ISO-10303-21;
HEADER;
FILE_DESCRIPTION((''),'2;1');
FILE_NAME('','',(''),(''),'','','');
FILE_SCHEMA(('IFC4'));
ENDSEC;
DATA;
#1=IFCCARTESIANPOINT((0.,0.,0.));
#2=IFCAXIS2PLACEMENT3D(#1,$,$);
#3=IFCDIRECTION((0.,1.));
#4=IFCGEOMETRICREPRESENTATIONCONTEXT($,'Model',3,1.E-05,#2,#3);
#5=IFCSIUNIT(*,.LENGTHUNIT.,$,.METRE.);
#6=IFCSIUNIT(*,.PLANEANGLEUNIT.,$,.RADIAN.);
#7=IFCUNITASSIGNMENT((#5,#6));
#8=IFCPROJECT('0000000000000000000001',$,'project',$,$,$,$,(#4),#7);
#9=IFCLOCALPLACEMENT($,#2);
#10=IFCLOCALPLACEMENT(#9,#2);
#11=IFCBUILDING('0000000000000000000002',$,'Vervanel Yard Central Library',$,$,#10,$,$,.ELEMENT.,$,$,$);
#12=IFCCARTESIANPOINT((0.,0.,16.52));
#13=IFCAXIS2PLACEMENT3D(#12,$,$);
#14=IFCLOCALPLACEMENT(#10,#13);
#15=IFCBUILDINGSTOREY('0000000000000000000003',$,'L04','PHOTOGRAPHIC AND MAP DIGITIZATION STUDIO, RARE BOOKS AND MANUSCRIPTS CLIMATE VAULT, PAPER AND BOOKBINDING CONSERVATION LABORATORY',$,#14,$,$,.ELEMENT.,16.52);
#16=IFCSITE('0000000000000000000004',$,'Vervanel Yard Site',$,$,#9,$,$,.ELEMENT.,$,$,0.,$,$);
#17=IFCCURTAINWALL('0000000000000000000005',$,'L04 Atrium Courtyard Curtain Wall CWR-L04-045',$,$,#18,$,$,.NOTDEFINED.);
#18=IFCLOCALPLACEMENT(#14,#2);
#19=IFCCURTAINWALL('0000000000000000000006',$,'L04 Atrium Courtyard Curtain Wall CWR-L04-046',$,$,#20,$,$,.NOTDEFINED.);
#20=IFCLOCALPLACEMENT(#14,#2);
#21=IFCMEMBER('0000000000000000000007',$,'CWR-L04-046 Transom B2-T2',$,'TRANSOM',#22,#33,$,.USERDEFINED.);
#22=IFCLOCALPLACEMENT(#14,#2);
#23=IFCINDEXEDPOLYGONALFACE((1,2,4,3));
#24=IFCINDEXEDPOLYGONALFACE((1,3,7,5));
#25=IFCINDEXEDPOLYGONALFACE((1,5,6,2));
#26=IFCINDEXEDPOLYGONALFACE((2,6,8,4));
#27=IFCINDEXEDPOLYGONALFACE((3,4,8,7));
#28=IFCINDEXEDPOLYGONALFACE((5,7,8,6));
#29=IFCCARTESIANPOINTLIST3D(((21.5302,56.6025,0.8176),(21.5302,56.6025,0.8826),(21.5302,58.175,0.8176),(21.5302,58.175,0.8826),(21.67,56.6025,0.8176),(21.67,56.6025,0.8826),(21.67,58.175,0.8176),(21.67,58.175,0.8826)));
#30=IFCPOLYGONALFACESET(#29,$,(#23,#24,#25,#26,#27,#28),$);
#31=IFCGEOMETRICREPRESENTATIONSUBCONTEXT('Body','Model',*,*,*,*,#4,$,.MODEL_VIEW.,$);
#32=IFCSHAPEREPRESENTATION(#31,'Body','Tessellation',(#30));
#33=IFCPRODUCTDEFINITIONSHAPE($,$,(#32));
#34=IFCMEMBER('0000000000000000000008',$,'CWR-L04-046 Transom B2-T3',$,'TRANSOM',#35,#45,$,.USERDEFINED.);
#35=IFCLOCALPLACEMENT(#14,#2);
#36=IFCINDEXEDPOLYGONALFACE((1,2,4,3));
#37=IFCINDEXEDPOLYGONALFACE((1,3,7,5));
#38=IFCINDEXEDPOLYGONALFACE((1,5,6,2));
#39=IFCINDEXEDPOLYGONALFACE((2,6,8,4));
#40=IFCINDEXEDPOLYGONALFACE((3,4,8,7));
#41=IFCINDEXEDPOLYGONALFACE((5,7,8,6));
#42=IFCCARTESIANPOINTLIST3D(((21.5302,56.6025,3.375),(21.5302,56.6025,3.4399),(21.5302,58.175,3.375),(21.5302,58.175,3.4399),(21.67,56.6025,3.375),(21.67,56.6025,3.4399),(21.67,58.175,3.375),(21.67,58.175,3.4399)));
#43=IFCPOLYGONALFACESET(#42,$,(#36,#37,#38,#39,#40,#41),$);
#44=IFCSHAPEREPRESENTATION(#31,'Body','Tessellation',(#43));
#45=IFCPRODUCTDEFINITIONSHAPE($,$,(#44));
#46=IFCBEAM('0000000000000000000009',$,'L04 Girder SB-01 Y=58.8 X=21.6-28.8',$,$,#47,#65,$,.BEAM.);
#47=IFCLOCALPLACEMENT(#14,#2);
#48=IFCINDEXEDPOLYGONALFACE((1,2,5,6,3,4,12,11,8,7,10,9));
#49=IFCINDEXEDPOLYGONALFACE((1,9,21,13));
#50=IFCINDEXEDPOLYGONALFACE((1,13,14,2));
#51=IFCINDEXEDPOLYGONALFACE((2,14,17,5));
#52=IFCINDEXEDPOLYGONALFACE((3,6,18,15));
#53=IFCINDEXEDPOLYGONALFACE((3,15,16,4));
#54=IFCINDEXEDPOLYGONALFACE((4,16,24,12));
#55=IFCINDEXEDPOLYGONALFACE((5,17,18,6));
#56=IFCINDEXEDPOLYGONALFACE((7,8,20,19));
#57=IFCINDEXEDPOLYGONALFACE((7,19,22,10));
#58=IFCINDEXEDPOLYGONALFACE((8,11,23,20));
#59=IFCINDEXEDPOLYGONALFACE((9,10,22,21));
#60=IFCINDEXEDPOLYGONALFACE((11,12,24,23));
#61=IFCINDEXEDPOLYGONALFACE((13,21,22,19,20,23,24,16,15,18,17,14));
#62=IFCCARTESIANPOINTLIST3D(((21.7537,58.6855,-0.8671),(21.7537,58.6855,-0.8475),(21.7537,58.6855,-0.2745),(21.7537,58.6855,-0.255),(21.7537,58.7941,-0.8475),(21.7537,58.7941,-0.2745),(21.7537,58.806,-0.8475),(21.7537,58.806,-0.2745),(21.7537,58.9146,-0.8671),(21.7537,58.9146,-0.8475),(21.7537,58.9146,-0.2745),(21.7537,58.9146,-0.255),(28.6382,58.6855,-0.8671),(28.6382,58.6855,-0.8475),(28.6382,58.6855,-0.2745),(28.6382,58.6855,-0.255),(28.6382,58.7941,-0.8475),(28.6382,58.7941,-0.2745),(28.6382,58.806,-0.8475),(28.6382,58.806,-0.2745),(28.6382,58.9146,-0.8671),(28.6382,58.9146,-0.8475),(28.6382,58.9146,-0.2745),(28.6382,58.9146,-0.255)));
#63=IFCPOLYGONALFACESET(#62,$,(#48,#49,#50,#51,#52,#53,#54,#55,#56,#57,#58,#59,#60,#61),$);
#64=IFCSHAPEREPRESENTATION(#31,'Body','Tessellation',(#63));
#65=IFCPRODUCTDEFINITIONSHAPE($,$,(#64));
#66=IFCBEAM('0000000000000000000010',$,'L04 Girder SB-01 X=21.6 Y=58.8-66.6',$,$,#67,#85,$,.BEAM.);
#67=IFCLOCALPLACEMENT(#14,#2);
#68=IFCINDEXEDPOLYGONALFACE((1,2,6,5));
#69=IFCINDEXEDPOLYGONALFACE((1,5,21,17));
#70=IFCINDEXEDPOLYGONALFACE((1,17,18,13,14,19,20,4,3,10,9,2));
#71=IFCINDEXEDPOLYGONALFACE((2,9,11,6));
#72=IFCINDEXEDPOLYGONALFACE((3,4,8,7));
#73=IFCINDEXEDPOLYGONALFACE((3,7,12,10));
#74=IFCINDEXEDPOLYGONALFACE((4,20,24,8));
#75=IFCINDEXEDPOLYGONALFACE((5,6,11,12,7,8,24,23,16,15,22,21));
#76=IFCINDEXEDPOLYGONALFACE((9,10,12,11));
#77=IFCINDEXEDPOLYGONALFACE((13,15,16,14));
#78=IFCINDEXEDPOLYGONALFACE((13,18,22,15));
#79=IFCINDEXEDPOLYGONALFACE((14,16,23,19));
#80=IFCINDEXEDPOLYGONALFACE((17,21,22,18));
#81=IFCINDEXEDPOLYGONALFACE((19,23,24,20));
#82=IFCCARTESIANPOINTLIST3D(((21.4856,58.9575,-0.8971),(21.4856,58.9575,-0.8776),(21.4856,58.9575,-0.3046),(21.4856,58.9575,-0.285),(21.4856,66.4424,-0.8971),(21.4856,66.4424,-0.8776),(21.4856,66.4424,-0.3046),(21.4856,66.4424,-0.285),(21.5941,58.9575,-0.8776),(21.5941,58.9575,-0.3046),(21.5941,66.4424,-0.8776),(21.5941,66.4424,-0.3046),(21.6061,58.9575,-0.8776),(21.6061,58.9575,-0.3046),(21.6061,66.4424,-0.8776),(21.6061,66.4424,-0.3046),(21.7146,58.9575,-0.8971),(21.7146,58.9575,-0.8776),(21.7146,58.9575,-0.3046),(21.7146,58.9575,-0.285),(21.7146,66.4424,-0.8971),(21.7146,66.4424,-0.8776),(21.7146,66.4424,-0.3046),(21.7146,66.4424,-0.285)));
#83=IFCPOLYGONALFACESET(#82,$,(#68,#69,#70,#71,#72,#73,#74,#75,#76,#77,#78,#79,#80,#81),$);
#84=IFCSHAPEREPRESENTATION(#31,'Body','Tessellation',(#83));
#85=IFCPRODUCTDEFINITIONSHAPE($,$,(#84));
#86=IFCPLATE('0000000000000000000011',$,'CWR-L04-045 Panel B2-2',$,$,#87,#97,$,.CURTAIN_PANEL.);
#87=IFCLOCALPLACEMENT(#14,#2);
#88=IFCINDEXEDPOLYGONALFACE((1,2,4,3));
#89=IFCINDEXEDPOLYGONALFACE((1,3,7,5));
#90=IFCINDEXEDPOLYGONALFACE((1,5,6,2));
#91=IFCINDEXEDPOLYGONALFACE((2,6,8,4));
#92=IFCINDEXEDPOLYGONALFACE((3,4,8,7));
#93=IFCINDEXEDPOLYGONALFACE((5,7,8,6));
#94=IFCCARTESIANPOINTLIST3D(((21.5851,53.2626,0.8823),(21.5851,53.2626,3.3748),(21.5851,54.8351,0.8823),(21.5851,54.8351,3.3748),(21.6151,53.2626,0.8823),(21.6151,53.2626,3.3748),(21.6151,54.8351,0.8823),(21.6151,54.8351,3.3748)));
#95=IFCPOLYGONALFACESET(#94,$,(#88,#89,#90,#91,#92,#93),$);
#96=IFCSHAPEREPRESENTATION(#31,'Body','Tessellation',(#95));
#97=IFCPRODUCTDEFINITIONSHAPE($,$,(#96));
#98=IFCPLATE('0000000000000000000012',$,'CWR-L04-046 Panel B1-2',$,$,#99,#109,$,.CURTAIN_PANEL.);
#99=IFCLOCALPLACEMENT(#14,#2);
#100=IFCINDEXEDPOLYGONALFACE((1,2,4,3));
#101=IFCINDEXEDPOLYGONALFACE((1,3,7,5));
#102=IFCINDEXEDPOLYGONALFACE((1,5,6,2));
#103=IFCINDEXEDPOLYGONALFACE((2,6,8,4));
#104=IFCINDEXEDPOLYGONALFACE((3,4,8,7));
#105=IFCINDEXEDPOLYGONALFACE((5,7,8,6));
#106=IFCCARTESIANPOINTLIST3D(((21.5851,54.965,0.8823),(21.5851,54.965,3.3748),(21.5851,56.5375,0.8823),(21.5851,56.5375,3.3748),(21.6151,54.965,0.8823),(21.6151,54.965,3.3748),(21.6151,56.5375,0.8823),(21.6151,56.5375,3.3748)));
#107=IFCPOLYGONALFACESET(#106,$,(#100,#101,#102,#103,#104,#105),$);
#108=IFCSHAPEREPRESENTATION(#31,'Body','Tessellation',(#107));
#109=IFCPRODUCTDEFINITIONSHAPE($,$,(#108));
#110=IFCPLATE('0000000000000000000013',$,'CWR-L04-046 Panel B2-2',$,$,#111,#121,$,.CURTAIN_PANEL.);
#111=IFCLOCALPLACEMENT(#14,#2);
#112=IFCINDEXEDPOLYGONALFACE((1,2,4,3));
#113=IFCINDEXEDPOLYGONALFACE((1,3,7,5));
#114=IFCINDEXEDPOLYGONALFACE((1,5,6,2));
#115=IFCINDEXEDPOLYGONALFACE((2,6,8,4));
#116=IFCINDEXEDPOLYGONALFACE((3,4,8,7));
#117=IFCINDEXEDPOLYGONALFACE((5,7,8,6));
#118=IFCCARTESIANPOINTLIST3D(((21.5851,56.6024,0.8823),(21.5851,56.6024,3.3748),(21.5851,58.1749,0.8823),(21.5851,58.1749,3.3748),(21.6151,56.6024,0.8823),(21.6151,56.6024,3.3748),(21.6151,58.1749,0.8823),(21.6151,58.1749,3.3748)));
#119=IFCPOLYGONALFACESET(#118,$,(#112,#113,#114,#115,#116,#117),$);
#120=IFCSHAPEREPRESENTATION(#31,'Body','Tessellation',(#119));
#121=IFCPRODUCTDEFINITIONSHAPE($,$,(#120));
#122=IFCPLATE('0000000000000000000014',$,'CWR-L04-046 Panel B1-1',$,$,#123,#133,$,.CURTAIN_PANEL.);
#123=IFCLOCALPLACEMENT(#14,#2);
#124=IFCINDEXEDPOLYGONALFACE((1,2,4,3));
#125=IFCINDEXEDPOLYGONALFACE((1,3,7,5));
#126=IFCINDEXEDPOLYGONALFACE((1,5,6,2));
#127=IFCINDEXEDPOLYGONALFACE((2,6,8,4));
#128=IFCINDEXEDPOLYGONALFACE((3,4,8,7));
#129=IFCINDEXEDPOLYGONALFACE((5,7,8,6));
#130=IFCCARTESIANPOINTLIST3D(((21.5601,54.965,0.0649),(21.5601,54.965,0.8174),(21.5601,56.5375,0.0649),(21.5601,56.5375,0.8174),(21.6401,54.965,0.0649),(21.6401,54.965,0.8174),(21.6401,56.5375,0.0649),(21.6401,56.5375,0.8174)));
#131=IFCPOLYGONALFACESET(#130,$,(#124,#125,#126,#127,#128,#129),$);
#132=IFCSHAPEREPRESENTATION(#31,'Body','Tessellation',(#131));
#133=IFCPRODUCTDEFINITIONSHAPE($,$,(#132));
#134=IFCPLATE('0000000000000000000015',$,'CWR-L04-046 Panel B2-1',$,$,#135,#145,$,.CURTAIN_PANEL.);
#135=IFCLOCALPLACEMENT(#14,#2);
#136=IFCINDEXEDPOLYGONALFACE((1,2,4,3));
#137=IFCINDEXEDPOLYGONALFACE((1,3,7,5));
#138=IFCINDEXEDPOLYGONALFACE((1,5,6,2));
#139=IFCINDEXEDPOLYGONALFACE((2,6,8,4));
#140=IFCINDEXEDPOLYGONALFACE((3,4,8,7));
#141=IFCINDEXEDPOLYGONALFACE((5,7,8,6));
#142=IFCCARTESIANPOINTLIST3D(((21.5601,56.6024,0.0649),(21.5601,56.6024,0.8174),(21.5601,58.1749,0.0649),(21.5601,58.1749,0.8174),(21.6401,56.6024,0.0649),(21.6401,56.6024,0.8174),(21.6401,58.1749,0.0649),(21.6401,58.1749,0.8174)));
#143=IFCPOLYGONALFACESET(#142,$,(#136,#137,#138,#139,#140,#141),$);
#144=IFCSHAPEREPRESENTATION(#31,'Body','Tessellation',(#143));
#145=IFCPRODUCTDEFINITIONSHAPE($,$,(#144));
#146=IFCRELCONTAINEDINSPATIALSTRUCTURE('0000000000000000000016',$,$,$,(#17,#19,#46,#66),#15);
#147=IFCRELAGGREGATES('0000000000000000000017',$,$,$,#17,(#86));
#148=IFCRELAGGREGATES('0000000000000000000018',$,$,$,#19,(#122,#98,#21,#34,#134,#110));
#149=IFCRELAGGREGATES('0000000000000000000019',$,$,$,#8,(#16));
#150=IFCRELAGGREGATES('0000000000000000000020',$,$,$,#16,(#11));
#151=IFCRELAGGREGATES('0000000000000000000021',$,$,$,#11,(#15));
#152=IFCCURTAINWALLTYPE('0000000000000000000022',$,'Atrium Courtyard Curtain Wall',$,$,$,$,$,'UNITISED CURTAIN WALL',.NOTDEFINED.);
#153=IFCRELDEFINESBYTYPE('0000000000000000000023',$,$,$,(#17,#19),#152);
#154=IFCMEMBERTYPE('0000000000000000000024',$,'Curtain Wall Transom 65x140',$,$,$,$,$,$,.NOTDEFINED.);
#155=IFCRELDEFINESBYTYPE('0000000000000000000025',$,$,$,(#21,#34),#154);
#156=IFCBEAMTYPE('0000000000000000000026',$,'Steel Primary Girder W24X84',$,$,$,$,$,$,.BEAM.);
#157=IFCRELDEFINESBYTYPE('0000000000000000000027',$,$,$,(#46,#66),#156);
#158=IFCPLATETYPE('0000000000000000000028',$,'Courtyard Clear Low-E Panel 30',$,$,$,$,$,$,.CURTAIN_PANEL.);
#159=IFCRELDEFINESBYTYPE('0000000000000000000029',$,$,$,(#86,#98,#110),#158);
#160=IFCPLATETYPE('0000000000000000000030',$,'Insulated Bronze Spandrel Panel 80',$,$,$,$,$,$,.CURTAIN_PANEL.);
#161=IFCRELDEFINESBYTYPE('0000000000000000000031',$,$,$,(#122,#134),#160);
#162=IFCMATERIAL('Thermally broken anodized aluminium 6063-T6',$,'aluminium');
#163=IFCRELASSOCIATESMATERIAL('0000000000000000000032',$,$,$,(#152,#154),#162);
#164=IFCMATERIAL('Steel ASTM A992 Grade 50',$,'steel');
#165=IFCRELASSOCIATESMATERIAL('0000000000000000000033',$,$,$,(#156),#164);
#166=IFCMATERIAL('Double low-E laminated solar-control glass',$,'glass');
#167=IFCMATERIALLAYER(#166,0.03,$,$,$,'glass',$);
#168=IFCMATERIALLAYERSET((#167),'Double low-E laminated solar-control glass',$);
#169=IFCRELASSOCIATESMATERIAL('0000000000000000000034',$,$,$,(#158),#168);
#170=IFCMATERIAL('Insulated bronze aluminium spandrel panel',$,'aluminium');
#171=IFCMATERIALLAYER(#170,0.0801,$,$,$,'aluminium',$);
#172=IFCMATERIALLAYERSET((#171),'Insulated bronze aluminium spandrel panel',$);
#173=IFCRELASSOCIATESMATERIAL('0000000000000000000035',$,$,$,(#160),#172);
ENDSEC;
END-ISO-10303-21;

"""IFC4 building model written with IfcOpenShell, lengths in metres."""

from ifc_helpers import new_model, si_unit, direction, frame, origin, origin_2d, place, context, subcontext, project, spatial, rectangle, i_section, extrude, material, layer, layer_set, material_profile, profile_set, type_object, element, aggregate, save


model = new_model("IFC4")

# Units and contexts
model_context = context("Model", 3, precision=1e-05, world=origin(), true_north=direction((0.0, 1.0)))
body_context = subcontext(model_context, "Body", "Model", "MODEL_VIEW")
ifc_project = project(units=[si_unit("LENGTHUNIT", "METRE"), si_unit("PLANEANGLEUNIT", "RADIAN")], contexts=[model_context])

# Site, building, storey
site_placement = place(None, origin())
site = spatial("IfcSite", under=ifc_project, at=site_placement, Name="Vervanel Yard Site", CompositionType="ELEMENT", RefElevation=0.0)
building_placement = place(site_placement, origin())
building = spatial("IfcBuilding", under=site, at=building_placement, Name="Vervanel Yard Central Library", CompositionType="ELEMENT")
storey_placement = place(building_placement, frame((0.0, 0.0, 16.52)))
storey = spatial("IfcBuildingStorey", under=building, at=storey_placement, Name="L04", Description="PHOTOGRAPHIC AND MAP DIGITIZATION STUDIO, RARE BOOKS AND MANUSCRIPTS CLIMATE VAULT, PAPER AND BOOKBINDING CONSERVATION LABORATORY", CompositionType="ELEMENT", Elevation=16.52)

# Shared definitions
ifc_material_1 = material(Name="Steel ASTM A992 Grade 50", Category="steel")

# Curtain wall
ifc_material_2 = material(Name="Thermally broken anodized aluminium 6063-T6", Category="aluminium")
curtain_wall_type = type_object("IfcCurtainWallType", Name="Atrium Courtyard Curtain Wall", ElementType="UNITISED CURTAIN WALL", PredefinedType="NOTDEFINED", material=ifc_material_2)
curtain_wall_1_placement = place(storey_placement, origin())
curtain_wall_1 = element("IfcCurtainWall", 1, at=curtain_wall_1_placement, inside=storey, type_object=curtain_wall_type, Name="L04 Atrium Courtyard Curtain Wall CWR-L04-045", PredefinedType="NOTDEFINED")

# Curtain wall, members
curtain_wall_2_placement = place(storey_placement, origin())
curtain_wall_2 = element("IfcCurtainWall", 2, at=curtain_wall_2_placement, inside=storey, type_object=curtain_wall_type, Name="L04 Atrium Courtyard Curtain Wall CWR-L04-046", PredefinedType="NOTDEFINED")
ifc_material_profile_1 = material_profile(ifc_material_2, rectangle(XDim=0.0649, YDim=0.1399, at=origin_2d()), Name="ALU 65x140", Category="aluminium")
ifc_profile_set_1 = profile_set([ifc_material_profile_1], Name="Thermally broken anodized aluminium 6063-T6")
member_type_1 = type_object("IfcMemberType", Name="Curtain Wall Transom 65x140", PredefinedType="NOTDEFINED", material=ifc_profile_set_1)
member_1_placement = place(storey_placement, frame((21.6001, 56.6025, 0.8501), z_axis=(0.0, 1.0, 0.0), x_axis=(0.0, 0.0, 1.0)))
member_1 = element("IfcMember", 3, at=member_1_placement, type_object=member_type_1, Name="CWR-L04-046 Transom B2-T2", ObjectType="TRANSOM", PredefinedType="USERDEFINED", context=body_context, shape_type="SweptSolid", body=[
    extrude(rectangle(XDim=0.0649, YDim=0.1399, at=origin_2d()), origin(), (0.0, 0.0, 1.0), 1.5725),
])
member_2_placement = place(storey_placement, frame((21.6001, 56.6025, 3.4075), z_axis=(0.0, 1.0, 0.0), x_axis=(0.0, 0.0, 1.0)))
member_2 = element("IfcMember", 4, at=member_2_placement, type_object=member_type_1, Name="CWR-L04-046 Transom B2-T3", ObjectType="TRANSOM", PredefinedType="USERDEFINED", context=body_context, shape_type="SweptSolid", body=[
    extrude(rectangle(XDim=0.0649, YDim=0.1399, at=origin_2d()), origin(), (0.0, 0.0, 1.0), 1.5725),
])

# Beams
ifc_material_profile_2 = material_profile(ifc_material_1, i_section(OverallWidth=0.229, OverallDepth=0.6121, WebThickness=0.012, FlangeThickness=0.0195, at=origin_2d()), Name="W24X84", Category="steel")
ifc_profile_set_2 = profile_set([ifc_material_profile_2], Name="Steel ASTM A992 Grade 50")
beam_type = type_object("IfcBeamType", Name="Steel Primary Girder W24X84", PredefinedType="BEAM", material=ifc_profile_set_2)
beam_1_placement = place(storey_placement, frame((21.7537, 58.8, -0.561), z_axis=(1.0, 0.0, 0.0), x_axis=(0.0, 1.0, 0.0)))
element("IfcBeam", 5, at=beam_1_placement, inside=storey, type_object=beam_type, Name="L04 Girder SB-01 Y=58.8 X=21.6-28.8", PredefinedType="BEAM", context=body_context, shape_type="SweptSolid", body=[
    extrude(i_section(OverallWidth=0.229, OverallDepth=0.6121, WebThickness=0.012, FlangeThickness=0.0195, at=origin_2d()), origin(), (0.0, 0.0, 1.0), 6.8845),
])
beam_2_placement = place(storey_placement, frame((21.6001, 58.9575, -0.5911), z_axis=(0.0, 1.0, 0.0), x_axis=(-1.0, 0.0, 0.0)))
element("IfcBeam", 6, at=beam_2_placement, inside=storey, type_object=beam_type, Name="L04 Girder SB-01 X=21.6 Y=58.8-66.6", PredefinedType="BEAM", context=body_context, shape_type="SweptSolid", body=[
    extrude(i_section(OverallWidth=0.229, OverallDepth=0.6121, WebThickness=0.012, FlangeThickness=0.0195, at=origin_2d()), origin(), (0.0, 0.0, 1.0), 7.4849),
])

# Plates
ifc_material_3 = material(Name="Double low-E laminated solar-control glass", Category="glass")
ifc_layer_1 = layer(ifc_material_3, 0.03, Category="glass")
ifc_layer_set_1 = layer_set([ifc_layer_1], Name="Double low-E laminated solar-control glass")
plate_type_1 = type_object("IfcPlateType", Name="Courtyard Clear Low-E Panel 30", PredefinedType="CURTAIN_PANEL", material=ifc_layer_set_1)
plate_1_placement = place(storey_placement, frame((21.6001, 54.0488, 0.8823), z_axis=(0.0, 0.0, 1.0), x_axis=(0.0, 1.0, 0.0)))
plate_1 = element("IfcPlate", 7, at=plate_1_placement, type_object=plate_type_1, Name="CWR-L04-045 Panel B2-2", PredefinedType="CURTAIN_PANEL", context=body_context, shape_type="SweptSolid", body=[
    extrude(rectangle(XDim=1.5725, YDim=0.03, at=origin_2d()), origin(), (0.0, 0.0, 1.0), 2.4924),
])
aggregate(curtain_wall_1, [plate_1])
plate_2_placement = place(storey_placement, frame((21.6001, 55.7512, 0.8823), z_axis=(0.0, 0.0, 1.0), x_axis=(0.0, 1.0, 0.0)))
plate_2 = element("IfcPlate", 8, at=plate_2_placement, type_object=plate_type_1, Name="CWR-L04-046 Panel B1-2", PredefinedType="CURTAIN_PANEL", context=body_context, shape_type="SweptSolid", body=[
    extrude(rectangle(XDim=1.5725, YDim=0.03, at=origin_2d()), origin(), (0.0, 0.0, 1.0), 2.4924),
])
plate_3_placement = place(storey_placement, frame((21.6001, 57.3887, 0.8823), z_axis=(0.0, 0.0, 1.0), x_axis=(0.0, 1.0, 0.0)))
plate_3 = element("IfcPlate", 9, at=plate_3_placement, type_object=plate_type_1, Name="CWR-L04-046 Panel B2-2", PredefinedType="CURTAIN_PANEL", context=body_context, shape_type="SweptSolid", body=[
    extrude(rectangle(XDim=1.5725, YDim=0.03, at=origin_2d()), origin(), (0.0, 0.0, 1.0), 2.4924),
])
ifc_material_4 = material(Name="Insulated bronze aluminium spandrel panel", Category="aluminium")
ifc_layer_2 = layer(ifc_material_4, 0.0801, Category="aluminium")
ifc_layer_set_2 = layer_set([ifc_layer_2], Name="Insulated bronze aluminium spandrel panel")
plate_type_2 = type_object("IfcPlateType", Name="Insulated Bronze Spandrel Panel 80", PredefinedType="CURTAIN_PANEL", material=ifc_layer_set_2)
plate_4_placement = place(storey_placement, frame((21.6001, 55.7512, 0.0649), z_axis=(0.0, 0.0, 1.0), x_axis=(0.0, 1.0, 0.0)))
plate_4 = element("IfcPlate", 10, at=plate_4_placement, type_object=plate_type_2, Name="CWR-L04-046 Panel B1-1", PredefinedType="CURTAIN_PANEL", context=body_context, shape_type="SweptSolid", body=[
    extrude(rectangle(XDim=1.5725, YDim=0.0801, at=origin_2d()), origin(), (0.0, 0.0, 1.0), 0.7524),
])
plate_5_placement = place(storey_placement, frame((21.6001, 57.3887, 0.0649), z_axis=(0.0, 0.0, 1.0), x_axis=(0.0, 1.0, 0.0)))
plate_5 = element("IfcPlate", 11, at=plate_5_placement, type_object=plate_type_2, Name="CWR-L04-046 Panel B2-1", PredefinedType="CURTAIN_PANEL", context=body_context, shape_type="SweptSolid", body=[
    extrude(rectangle(XDim=1.5725, YDim=0.0801, at=origin_2d()), origin(), (0.0, 0.0, 1.0), 0.7524),
])
aggregate(curtain_wall_2, [plate_4, plate_2, member_1, member_2, plate_5, plate_3])

save(model, "model.ifc")
